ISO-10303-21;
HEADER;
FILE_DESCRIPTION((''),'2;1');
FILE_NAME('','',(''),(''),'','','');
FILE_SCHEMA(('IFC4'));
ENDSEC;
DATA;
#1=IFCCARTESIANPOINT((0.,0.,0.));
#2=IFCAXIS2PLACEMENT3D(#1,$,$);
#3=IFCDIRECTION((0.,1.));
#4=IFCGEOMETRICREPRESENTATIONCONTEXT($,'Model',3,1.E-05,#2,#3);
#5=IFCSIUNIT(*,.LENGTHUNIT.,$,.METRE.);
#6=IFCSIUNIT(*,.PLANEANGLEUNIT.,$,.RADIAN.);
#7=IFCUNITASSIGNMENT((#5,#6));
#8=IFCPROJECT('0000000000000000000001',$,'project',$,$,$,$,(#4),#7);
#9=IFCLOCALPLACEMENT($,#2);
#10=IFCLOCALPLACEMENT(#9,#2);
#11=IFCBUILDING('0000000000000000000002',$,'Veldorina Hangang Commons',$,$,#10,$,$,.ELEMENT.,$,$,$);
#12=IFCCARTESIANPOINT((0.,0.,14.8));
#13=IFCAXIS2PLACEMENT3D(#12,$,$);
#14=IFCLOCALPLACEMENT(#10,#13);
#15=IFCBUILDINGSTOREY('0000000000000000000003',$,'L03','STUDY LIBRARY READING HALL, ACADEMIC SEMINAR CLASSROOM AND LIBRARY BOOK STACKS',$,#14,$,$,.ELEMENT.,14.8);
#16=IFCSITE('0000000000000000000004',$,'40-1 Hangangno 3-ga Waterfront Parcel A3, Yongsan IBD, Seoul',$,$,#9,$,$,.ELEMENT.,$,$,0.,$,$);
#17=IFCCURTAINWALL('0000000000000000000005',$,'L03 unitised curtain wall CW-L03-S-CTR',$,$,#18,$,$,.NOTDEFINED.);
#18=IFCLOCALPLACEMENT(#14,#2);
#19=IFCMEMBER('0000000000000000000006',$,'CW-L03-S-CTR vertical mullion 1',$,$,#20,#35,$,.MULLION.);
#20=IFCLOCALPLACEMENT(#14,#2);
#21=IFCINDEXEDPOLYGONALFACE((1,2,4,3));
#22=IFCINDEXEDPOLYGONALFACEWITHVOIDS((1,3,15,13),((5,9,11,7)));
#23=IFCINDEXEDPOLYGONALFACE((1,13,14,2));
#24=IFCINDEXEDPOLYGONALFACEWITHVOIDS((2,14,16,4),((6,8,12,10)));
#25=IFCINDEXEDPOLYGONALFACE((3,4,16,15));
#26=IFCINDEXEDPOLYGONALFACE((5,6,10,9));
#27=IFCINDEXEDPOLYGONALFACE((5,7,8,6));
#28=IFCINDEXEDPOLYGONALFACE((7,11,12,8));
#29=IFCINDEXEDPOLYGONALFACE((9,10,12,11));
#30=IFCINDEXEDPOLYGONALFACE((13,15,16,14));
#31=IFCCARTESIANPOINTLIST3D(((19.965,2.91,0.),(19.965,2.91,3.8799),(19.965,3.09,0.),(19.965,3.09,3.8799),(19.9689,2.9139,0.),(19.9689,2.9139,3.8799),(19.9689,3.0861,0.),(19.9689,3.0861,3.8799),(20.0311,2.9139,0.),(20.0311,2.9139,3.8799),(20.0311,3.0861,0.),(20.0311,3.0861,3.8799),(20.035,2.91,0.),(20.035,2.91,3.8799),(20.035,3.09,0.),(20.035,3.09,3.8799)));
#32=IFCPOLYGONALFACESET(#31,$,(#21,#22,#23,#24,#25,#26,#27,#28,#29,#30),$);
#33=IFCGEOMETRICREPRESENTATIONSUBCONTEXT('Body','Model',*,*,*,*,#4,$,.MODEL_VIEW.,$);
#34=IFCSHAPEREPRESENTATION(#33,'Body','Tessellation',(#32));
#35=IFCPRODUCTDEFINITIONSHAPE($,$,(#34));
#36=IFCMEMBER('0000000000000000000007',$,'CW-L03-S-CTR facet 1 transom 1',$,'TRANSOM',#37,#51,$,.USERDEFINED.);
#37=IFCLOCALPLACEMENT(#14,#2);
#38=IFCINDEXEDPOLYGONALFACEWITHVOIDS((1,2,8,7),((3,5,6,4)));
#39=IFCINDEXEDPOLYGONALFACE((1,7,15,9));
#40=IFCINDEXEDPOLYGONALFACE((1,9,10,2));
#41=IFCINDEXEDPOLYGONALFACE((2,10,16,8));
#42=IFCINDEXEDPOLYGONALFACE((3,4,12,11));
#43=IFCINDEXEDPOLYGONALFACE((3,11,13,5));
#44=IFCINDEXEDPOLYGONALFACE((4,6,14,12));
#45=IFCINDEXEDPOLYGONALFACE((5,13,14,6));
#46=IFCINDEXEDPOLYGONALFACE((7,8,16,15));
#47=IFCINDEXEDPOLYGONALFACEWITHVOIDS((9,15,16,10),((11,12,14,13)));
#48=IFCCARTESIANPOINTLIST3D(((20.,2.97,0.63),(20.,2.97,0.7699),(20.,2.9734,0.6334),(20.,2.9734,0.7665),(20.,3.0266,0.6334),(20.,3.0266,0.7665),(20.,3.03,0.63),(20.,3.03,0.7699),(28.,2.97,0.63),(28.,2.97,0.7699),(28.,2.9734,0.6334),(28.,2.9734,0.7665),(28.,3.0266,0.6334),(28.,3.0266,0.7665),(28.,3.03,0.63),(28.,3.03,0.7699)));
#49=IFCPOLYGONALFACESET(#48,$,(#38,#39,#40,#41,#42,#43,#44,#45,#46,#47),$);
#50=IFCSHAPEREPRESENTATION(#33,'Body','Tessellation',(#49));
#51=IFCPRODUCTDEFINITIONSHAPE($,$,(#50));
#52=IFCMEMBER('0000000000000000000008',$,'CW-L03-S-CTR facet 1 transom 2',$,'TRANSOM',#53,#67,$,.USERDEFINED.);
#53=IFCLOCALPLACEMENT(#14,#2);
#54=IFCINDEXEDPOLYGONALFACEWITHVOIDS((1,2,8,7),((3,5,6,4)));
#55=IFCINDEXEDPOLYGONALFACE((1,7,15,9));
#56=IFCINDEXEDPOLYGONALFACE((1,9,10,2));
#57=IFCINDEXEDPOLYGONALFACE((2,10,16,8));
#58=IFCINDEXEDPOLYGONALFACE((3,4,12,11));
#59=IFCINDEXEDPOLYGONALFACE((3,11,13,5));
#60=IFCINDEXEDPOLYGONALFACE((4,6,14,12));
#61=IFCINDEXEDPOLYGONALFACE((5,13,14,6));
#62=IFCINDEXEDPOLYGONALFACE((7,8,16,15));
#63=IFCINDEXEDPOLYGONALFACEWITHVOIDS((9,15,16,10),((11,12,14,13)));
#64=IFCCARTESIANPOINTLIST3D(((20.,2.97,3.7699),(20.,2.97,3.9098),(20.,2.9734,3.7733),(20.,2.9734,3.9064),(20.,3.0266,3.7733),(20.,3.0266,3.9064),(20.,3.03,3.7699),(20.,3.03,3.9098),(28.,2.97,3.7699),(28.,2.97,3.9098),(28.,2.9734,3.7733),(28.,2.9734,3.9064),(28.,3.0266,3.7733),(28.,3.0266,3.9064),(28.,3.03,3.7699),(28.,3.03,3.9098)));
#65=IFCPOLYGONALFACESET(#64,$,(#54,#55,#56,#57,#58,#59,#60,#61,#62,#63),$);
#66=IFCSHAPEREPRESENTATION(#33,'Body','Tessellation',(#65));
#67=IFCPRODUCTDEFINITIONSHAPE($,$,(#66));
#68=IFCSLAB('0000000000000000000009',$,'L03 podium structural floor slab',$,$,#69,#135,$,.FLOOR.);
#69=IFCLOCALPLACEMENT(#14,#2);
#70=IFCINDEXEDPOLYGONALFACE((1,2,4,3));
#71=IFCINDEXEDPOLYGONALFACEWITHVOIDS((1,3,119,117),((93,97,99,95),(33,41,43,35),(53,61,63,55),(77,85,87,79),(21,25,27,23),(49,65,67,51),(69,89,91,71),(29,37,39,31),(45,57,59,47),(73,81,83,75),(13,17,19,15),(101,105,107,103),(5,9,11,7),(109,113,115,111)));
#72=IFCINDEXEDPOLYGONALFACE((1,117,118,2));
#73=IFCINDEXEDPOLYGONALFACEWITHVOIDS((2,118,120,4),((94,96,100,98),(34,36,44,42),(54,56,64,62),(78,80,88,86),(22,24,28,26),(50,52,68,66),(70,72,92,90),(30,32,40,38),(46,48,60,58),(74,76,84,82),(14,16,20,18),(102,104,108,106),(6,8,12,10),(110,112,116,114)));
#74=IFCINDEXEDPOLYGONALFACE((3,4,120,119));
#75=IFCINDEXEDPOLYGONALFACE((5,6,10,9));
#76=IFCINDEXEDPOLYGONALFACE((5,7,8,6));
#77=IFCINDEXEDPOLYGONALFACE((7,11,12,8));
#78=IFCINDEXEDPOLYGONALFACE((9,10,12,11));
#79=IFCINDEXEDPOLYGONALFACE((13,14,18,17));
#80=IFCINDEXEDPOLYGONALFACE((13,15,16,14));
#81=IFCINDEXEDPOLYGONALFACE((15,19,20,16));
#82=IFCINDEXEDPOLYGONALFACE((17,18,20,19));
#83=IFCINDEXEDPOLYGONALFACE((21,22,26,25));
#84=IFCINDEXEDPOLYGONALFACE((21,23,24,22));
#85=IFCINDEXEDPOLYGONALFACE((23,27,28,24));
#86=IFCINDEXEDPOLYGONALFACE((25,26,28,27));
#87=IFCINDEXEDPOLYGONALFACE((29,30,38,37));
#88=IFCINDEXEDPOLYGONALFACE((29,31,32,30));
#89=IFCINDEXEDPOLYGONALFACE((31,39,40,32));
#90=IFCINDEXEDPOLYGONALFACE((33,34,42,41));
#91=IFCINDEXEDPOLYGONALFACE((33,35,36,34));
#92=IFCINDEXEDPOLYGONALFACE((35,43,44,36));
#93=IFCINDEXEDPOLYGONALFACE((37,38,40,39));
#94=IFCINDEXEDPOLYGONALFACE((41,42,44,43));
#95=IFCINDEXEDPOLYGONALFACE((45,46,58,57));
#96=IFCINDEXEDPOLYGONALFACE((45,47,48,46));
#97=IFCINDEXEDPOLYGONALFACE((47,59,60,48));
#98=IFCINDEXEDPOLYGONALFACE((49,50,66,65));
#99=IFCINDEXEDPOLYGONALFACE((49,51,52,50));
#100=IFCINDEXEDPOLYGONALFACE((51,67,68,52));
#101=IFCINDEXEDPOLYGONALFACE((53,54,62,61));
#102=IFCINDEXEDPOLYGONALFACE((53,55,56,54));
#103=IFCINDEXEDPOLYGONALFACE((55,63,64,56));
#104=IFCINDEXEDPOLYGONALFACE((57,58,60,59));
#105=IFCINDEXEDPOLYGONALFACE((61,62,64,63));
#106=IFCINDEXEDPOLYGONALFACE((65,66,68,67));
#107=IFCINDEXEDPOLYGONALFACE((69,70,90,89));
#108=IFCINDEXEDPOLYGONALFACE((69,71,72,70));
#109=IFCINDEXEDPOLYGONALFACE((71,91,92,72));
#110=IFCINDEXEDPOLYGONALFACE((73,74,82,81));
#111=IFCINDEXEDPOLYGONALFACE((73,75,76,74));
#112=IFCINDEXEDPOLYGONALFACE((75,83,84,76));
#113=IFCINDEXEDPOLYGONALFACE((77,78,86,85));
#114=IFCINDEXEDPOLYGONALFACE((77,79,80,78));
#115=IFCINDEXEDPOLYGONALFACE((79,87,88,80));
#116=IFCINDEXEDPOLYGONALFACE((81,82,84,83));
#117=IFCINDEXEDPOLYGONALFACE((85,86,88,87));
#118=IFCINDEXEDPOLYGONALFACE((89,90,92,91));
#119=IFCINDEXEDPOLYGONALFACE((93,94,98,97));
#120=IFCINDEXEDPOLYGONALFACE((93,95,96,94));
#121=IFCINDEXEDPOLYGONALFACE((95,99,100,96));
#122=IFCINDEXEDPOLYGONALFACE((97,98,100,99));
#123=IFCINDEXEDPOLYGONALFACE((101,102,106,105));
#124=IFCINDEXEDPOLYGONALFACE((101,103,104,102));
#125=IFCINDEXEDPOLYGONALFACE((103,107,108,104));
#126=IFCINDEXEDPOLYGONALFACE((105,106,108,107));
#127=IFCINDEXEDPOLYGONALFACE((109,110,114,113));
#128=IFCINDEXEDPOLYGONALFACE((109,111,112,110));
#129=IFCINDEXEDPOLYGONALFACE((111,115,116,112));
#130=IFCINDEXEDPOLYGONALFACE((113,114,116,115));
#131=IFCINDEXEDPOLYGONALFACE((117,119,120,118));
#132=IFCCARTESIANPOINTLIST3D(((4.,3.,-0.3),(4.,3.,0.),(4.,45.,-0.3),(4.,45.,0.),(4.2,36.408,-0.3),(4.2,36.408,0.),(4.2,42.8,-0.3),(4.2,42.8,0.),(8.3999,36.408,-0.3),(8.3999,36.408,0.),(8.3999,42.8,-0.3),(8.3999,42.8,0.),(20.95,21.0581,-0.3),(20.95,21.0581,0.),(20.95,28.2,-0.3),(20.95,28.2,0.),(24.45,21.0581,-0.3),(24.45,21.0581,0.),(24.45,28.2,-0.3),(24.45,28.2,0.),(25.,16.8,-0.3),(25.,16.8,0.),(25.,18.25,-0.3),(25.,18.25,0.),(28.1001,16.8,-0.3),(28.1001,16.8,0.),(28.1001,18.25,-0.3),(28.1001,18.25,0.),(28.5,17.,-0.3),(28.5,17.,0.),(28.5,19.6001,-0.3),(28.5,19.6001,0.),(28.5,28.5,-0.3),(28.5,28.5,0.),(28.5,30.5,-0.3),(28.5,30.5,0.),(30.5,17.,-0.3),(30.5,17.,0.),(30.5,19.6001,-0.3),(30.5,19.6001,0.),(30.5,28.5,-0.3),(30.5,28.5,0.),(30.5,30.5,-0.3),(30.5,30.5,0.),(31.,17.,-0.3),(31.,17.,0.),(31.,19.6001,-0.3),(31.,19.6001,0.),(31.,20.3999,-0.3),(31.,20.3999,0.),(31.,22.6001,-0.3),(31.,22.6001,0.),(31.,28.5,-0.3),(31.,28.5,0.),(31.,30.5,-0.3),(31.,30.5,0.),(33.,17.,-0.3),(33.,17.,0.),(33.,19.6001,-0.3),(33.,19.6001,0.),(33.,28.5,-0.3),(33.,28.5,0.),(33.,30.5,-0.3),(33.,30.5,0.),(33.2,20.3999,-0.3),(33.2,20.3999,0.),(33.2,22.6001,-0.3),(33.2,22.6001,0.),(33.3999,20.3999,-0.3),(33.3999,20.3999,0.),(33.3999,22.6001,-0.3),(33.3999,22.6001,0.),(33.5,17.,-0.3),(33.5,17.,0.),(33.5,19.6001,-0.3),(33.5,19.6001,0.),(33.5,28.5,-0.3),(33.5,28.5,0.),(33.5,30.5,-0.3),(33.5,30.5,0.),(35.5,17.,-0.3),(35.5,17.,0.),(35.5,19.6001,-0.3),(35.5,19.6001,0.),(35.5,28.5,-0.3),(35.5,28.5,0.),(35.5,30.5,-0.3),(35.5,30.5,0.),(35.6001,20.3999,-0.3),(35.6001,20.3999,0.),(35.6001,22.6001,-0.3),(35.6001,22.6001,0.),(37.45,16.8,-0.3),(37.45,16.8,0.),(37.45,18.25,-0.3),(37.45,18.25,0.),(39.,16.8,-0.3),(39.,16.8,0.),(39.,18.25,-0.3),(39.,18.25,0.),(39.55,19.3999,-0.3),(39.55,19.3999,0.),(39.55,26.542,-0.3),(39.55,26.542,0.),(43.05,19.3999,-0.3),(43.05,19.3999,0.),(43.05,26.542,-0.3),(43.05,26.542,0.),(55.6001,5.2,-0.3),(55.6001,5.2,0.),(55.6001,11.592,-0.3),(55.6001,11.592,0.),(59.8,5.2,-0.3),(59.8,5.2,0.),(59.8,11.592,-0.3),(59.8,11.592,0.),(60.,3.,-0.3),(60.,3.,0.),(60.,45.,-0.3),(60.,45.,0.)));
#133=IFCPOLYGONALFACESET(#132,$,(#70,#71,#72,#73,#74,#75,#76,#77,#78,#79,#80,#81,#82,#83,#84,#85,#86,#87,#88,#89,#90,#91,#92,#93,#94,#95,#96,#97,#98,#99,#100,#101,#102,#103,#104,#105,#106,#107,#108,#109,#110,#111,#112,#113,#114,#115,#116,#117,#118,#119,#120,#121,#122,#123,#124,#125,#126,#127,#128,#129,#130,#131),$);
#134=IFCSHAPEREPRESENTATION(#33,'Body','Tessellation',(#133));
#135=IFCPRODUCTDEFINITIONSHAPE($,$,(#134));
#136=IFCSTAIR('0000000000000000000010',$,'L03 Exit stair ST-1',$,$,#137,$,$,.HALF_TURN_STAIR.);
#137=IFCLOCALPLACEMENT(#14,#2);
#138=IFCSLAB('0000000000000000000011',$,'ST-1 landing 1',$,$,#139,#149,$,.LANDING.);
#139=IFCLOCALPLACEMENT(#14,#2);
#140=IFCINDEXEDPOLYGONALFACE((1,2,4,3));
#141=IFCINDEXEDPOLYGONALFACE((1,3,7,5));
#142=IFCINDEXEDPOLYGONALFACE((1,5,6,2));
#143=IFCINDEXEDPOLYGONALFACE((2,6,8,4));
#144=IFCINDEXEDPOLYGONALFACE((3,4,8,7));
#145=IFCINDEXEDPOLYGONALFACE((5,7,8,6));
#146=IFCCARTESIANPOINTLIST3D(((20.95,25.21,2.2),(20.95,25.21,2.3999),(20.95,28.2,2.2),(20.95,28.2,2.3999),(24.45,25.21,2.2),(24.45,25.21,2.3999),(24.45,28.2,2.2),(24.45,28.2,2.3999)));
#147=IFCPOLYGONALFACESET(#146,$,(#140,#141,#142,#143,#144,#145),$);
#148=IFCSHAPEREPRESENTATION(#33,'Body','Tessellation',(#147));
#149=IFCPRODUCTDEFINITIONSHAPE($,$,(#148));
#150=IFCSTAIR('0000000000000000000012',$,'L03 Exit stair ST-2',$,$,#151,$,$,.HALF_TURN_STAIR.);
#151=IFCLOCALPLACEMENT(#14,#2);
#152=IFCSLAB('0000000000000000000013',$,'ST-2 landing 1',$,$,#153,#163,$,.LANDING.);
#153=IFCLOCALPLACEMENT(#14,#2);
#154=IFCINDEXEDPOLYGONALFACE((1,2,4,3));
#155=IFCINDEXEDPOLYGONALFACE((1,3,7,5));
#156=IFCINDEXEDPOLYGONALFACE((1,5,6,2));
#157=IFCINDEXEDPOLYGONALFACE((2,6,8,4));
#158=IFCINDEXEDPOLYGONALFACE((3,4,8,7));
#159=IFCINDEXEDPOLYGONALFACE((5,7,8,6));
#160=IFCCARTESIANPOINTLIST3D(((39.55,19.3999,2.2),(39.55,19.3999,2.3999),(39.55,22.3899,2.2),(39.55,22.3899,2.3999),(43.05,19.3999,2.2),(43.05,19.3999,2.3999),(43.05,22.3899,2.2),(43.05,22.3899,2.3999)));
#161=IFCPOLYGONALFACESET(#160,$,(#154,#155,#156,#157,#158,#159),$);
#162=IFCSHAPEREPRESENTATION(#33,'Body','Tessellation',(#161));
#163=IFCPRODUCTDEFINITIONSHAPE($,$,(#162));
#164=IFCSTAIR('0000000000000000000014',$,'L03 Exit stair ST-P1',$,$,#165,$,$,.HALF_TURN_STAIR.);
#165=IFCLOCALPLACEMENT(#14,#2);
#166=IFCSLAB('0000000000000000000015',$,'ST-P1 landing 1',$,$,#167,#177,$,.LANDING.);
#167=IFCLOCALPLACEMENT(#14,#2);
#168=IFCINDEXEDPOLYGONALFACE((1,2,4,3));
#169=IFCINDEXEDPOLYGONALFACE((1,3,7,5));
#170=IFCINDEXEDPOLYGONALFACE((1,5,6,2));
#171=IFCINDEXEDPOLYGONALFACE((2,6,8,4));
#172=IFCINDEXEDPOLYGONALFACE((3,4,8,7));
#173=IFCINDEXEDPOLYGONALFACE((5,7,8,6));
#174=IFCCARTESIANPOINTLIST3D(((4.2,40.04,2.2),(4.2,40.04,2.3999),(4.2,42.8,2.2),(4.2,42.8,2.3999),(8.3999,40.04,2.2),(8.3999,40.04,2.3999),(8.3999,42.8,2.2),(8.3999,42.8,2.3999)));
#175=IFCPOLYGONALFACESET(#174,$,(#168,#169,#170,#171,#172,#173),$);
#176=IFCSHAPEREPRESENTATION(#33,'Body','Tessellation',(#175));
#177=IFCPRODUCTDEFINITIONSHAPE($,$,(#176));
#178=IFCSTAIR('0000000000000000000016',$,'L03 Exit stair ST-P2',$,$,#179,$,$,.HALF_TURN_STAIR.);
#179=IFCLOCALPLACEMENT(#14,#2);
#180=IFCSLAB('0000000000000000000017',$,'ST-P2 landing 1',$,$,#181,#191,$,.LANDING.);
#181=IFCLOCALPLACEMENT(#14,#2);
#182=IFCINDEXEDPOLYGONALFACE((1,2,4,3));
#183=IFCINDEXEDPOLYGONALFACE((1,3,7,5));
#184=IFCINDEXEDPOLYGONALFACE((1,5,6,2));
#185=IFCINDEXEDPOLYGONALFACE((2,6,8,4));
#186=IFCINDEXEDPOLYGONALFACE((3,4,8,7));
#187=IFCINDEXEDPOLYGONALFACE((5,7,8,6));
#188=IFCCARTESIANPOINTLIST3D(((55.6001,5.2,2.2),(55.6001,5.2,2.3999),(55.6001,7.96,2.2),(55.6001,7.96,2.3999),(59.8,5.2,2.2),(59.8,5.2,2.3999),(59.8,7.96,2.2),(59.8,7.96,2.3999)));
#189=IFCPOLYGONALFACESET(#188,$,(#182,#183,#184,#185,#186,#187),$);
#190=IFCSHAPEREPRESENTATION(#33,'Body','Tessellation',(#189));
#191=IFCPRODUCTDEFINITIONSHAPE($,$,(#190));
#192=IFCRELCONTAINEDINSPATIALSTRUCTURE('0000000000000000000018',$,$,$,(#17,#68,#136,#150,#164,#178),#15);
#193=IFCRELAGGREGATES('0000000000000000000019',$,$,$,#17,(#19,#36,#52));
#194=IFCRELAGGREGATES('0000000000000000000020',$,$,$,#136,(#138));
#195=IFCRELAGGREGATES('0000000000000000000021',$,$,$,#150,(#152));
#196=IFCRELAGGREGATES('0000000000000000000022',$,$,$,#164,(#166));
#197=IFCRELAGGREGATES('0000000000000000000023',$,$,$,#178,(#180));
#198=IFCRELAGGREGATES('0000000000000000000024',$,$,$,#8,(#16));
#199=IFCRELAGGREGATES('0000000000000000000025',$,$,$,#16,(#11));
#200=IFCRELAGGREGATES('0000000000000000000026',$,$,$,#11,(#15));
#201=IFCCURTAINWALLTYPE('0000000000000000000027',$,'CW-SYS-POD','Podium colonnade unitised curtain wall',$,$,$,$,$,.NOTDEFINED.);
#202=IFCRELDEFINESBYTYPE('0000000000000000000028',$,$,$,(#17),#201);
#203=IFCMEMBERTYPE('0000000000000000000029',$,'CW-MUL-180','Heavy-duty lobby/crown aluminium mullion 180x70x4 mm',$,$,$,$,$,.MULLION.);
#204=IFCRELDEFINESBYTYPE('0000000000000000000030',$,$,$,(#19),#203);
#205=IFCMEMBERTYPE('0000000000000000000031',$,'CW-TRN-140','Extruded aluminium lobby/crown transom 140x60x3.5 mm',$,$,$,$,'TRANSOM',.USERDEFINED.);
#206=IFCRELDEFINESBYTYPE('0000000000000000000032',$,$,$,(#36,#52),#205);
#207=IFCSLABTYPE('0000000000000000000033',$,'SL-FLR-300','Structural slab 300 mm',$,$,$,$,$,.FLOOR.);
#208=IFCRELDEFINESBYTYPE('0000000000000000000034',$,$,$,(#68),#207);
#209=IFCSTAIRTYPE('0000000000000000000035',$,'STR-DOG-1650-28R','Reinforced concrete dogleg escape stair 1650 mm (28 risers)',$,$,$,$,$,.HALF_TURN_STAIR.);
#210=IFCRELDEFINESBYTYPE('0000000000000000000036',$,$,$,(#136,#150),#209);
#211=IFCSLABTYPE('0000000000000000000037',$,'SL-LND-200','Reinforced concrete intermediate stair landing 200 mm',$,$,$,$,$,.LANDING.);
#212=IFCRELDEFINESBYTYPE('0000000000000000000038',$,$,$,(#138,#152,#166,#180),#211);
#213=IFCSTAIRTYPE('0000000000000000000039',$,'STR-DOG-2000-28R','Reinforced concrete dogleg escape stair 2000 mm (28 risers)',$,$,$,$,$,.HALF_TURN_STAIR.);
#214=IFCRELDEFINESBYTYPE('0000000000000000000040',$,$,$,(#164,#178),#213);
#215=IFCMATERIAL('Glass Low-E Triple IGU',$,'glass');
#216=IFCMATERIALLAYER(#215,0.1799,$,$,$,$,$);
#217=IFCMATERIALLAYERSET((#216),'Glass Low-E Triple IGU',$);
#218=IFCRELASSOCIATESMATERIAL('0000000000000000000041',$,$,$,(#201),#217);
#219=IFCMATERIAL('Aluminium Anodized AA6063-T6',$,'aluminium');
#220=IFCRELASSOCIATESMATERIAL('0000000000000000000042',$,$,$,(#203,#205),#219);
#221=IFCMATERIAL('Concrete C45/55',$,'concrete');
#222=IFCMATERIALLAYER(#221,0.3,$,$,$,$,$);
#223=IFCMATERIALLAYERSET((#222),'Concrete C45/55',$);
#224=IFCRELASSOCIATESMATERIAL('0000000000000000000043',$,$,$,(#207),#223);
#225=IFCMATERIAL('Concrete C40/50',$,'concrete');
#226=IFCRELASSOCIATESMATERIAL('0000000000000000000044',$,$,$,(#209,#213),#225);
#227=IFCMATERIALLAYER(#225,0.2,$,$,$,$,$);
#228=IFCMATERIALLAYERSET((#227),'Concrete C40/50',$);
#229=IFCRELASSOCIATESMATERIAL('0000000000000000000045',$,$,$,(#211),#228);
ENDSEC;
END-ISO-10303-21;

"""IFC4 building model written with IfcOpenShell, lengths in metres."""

from ifc_helpers import new_model, si_unit, direction, frame, origin, origin_2d, place, context, subcontext, project, spatial, polyline, hollow_rectangle, outline, extrude, material, layer, layer_set, material_profile, profile_set, type_object, element, aggregate, save


model = new_model("IFC4")

# Units and contexts
model_context = context("Model", 3, precision=1e-05, world=origin(), true_north=direction((0.0, 1.0)))
body_context = subcontext(model_context, "Body", "Model", "MODEL_VIEW")
ifc_project = project(units=[si_unit("LENGTHUNIT", "METRE"), si_unit("PLANEANGLEUNIT", "RADIAN")], contexts=[model_context])

# Site, building, storey
site_placement = place(None, origin())
site = spatial("IfcSite", under=ifc_project, at=site_placement, Name="40-1 Hangangno 3-ga Waterfront Parcel A3, Yongsan IBD, Seoul", CompositionType="ELEMENT", RefElevation=0.0)
building_placement = place(site_placement, origin())
building = spatial("IfcBuilding", under=site, at=building_placement, Name="Veldorina Hangang Commons", CompositionType="ELEMENT")
storey_placement = place(building_placement, frame((0.0, 0.0, 14.8)))
storey = spatial("IfcBuildingStorey", under=building, at=storey_placement, Name="L03", Description="STUDY LIBRARY READING HALL, ACADEMIC SEMINAR CLASSROOM AND LIBRARY BOOK STACKS", CompositionType="ELEMENT", Elevation=14.8)

# Curtain wall, members
ifc_material_1 = material(Name="Glass Low-E Triple IGU", Category="glass")
ifc_layer_1 = layer(ifc_material_1, 0.1799)
ifc_layer_set_1 = layer_set([ifc_layer_1], Name="Glass Low-E Triple IGU")
curtain_wall_type = type_object("IfcCurtainWallType", Name="CW-SYS-POD", Description="Podium colonnade unitised curtain wall", PredefinedType="NOTDEFINED", material=ifc_layer_set_1)
curtain_wall_placement = place(storey_placement, origin())
curtain_wall = element("IfcCurtainWall", 1, at=curtain_wall_placement, inside=storey, type_object=curtain_wall_type, Name="L03 unitised curtain wall CW-L03-S-CTR", PredefinedType="NOTDEFINED")
ifc_material_2 = material(Name="Aluminium Anodized AA6063-T6", Category="aluminium")
ifc_material_profile_1 = material_profile(ifc_material_2, hollow_rectangle(XDim=0.0701, YDim=0.1799, WallThickness=0.0039, at=origin_2d()), Name="ALU-RHS-180x70x4")
ifc_profile_set_1 = profile_set([ifc_material_profile_1], Name="Aluminium Anodized AA6063-T6")
member_type_1 = type_object("IfcMemberType", Name="CW-MUL-180", Description="Heavy-duty lobby/crown aluminium mullion 180x70x4 mm", PredefinedType="MULLION", material=ifc_profile_set_1)
member_1_placement = place(storey_placement, frame((20.0, 3.0, 0.0), z_axis=(0.0, 0.0, 1.0), x_axis=(1.0, 0.0, 0.0)))
member_1 = element("IfcMember", 2, at=member_1_placement, type_object=member_type_1, Name="CW-L03-S-CTR vertical mullion 1", PredefinedType="MULLION", context=body_context, shape_type="SweptSolid", body=[
    extrude(hollow_rectangle(XDim=0.0701, YDim=0.1799, WallThickness=0.0039, at=origin_2d()), origin(), (0.0, 0.0, 1.0), 3.8799),
])
ifc_material_profile_2 = material_profile(ifc_material_2, hollow_rectangle(XDim=0.0601, YDim=0.1399, WallThickness=0.0034, at=origin_2d()), Name="ALU-RHS-140x60x3.5")
ifc_profile_set_2 = profile_set([ifc_material_profile_2], Name="Aluminium Anodized AA6063-T6")
member_type_2 = type_object("IfcMemberType", Name="CW-TRN-140", Description="Extruded aluminium lobby/crown transom 140x60x3.5 mm", ElementType="TRANSOM", PredefinedType="USERDEFINED", material=ifc_profile_set_2)
member_2_placement = place(storey_placement, frame((20.0, 3.0, 0.7), z_axis=(1.0, 0.0, 0.0), x_axis=(0.0, 1.0, 0.0)))
member_2 = element("IfcMember", 3, at=member_2_placement, type_object=member_type_2, Name="CW-L03-S-CTR facet 1 transom 1", ObjectType="TRANSOM", PredefinedType="USERDEFINED", context=body_context, shape_type="SweptSolid", body=[
    extrude(hollow_rectangle(XDim=0.0601, YDim=0.1399, WallThickness=0.0034, at=origin_2d()), origin(), (0.0, 0.0, 1.0), 8.0),
])
member_3_placement = place(storey_placement, frame((20.0, 3.0, 3.8398), z_axis=(1.0, 0.0, 0.0), x_axis=(0.0, 1.0, 0.0)))
member_3 = element("IfcMember", 4, at=member_3_placement, type_object=member_type_2, Name="CW-L03-S-CTR facet 1 transom 2", ObjectType="TRANSOM", PredefinedType="USERDEFINED", context=body_context, shape_type="SweptSolid", body=[
    extrude(hollow_rectangle(XDim=0.0601, YDim=0.1399, WallThickness=0.0034, at=origin_2d()), origin(), (0.0, 0.0, 1.0), 8.0),
])
aggregate(curtain_wall, [member_1, member_2, member_3])

# Slab
ifc_material_3 = material(Name="Concrete C45/55", Category="concrete")
ifc_layer_2 = layer(ifc_material_3, 0.3)
ifc_layer_set_2 = layer_set([ifc_layer_2], Name="Concrete C45/55")
slab_type_1 = type_object("IfcSlabType", Name="SL-FLR-300", Description="Structural slab 300 mm", PredefinedType="FLOOR", material=ifc_layer_set_2)
slab_1_placement = place(storey_placement, frame((0.0, 0.0, -0.3)))
element("IfcSlab", 5, at=slab_1_placement, inside=storey, type_object=slab_type_1, Name="L03 podium structural floor slab", PredefinedType="FLOOR", context=body_context, shape_type="SweptSolid", body=[
    extrude(outline(polyline([(4.0, 3.0), (60.0, 3.0), (60.0, 45.0), (4.0, 45.0), (4.0, 3.0)]), holes=[polyline([(20.95, 21.0581), (20.95, 28.2), (24.45, 28.2), (24.45, 21.0581), (20.95, 21.0581)]), polyline([(43.05, 26.542), (43.05, 19.3999), (39.55, 19.3999), (39.55, 26.542), (43.05, 26.542)]), polyline([(4.2, 36.408), (4.2, 42.8), (8.3999, 42.8), (8.3999, 36.408), (4.2, 36.408)]), polyline([(59.8, 11.592), (59.8, 5.2), (55.6001, 5.2), (55.6001, 11.592), (59.8, 11.592)]), polyline([(28.5, 30.5), (30.5, 30.5), (30.5, 28.5), (28.5, 28.5), (28.5, 30.5)]), polyline([(31.0, 30.5), (33.0, 30.5), (33.0, 28.5), (31.0, 28.5), (31.0, 30.5)]), polyline([(33.5, 30.5), (35.5, 30.5), (35.5, 28.5), (33.5, 28.5), (33.5, 30.5)]), polyline([(31.0, 22.6001), (33.2, 22.6001), (33.2, 20.3999), (31.0, 20.3999), (31.0, 22.6001)]), polyline([(33.3999, 22.6001), (35.6001, 22.6001), (35.6001, 20.3999), (33.3999, 20.3999), (33.3999, 22.6001)]), polyline([(28.5, 19.6001), (30.5, 19.6001), (30.5, 17.0), (28.5, 17.0), (28.5, 19.6001)]), polyline([(31.0, 19.6001), (33.0, 19.6001), (33.0, 17.0), (31.0, 17.0), (31.0, 19.6001)]), polyline([(33.5, 19.6001), (35.5, 19.6001), (35.5, 17.0), (33.5, 17.0), (33.5, 19.6001)]), polyline([(25.0, 18.25), (28.1001, 18.25), (28.1001, 16.8), (25.0, 16.8), (25.0, 18.25)]), polyline([(37.45, 18.25), (39.0, 18.25), (39.0, 16.8), (37.45, 16.8), (37.45, 18.25)])]), origin(), (0.0, 0.0, 1.0), 0.3),
])

# Stairs, slabs
ifc_material_4 = material(Name="Concrete C40/50", Category="concrete")
stair_type_1 = type_object("IfcStairType", Name="STR-DOG-1650-28R", Description="Reinforced concrete dogleg escape stair 1650 mm (28 risers)", PredefinedType="HALF_TURN_STAIR", material=ifc_material_4)
stair_1_placement = place(storey_placement, origin())
stair_1 = element("IfcStair", 6, at=stair_1_placement, inside=storey, type_object=stair_type_1, Name="L03 Exit stair ST-1", PredefinedType="HALF_TURN_STAIR")
ifc_layer_3 = layer(ifc_material_4, 0.2)
ifc_layer_set_3 = layer_set([ifc_layer_3], Name="Concrete C40/50")
slab_type_2 = type_object("IfcSlabType", Name="SL-LND-200", Description="Reinforced concrete intermediate stair landing 200 mm", PredefinedType="LANDING", material=ifc_layer_set_3)
slab_2_placement = place(storey_placement, frame((0.0, 0.0, 2.2)))
slab_2 = element("IfcSlab", 7, at=slab_2_placement, type_object=slab_type_2, Name="ST-1 landing 1", PredefinedType="LANDING", context=body_context, shape_type="SweptSolid", body=[
    extrude(outline(polyline([(24.45, 25.21), (24.45, 28.2), (20.95, 28.2), (20.95, 25.21), (24.45, 25.21)])), origin(), (0.0, 0.0, 1.0), 0.2),
])
aggregate(stair_1, [slab_2])
stair_2_placement = place(storey_placement, origin())
stair_2 = element("IfcStair", 8, at=stair_2_placement, inside=storey, type_object=stair_type_1, Name="L03 Exit stair ST-2", PredefinedType="HALF_TURN_STAIR")
slab_3_placement = place(storey_placement, frame((0.0, 0.0, 2.2)))
slab_3 = element("IfcSlab", 9, at=slab_3_placement, type_object=slab_type_2, Name="ST-2 landing 1", PredefinedType="LANDING", context=body_context, shape_type="SweptSolid", body=[
    extrude(outline(polyline([(39.55, 22.3899), (39.55, 19.3999), (43.05, 19.3999), (43.05, 22.3899), (39.55, 22.3899)])), origin(), (0.0, 0.0, 1.0), 0.2),
])
aggregate(stair_2, [slab_3])
stair_type_2 = type_object("IfcStairType", Name="STR-DOG-2000-28R", Description="Reinforced concrete dogleg escape stair 2000 mm (28 risers)", PredefinedType="HALF_TURN_STAIR", material=ifc_material_4)
stair_3_placement = place(storey_placement, origin())
stair_3 = element("IfcStair", 10, at=stair_3_placement, inside=storey, type_object=stair_type_2, Name="L03 Exit stair ST-P1", PredefinedType="HALF_TURN_STAIR")
slab_4_placement = place(storey_placement, frame((0.0, 0.0, 2.2)))
slab_4 = element("IfcSlab", 11, at=slab_4_placement, type_object=slab_type_2, Name="ST-P1 landing 1", PredefinedType="LANDING", context=body_context, shape_type="SweptSolid", body=[
    extrude(outline(polyline([(8.3999, 40.04), (8.3999, 42.8), (4.2, 42.8), (4.2, 40.04), (8.3999, 40.04)])), origin(), (0.0, 0.0, 1.0), 0.2),
])
aggregate(stair_3, [slab_4])
stair_4_placement = place(storey_placement, origin())
stair_4 = element("IfcStair", 12, at=stair_4_placement, inside=storey, type_object=stair_type_2, Name="L03 Exit stair ST-P2", PredefinedType="HALF_TURN_STAIR")
slab_5_placement = place(storey_placement, frame((0.0, 0.0, 2.2)))
slab_5 = element("IfcSlab", 13, at=slab_5_placement, type_object=slab_type_2, Name="ST-P2 landing 1", PredefinedType="LANDING", context=body_context, shape_type="SweptSolid", body=[
    extrude(outline(polyline([(55.6001, 7.96), (55.6001, 5.2), (59.8, 5.2), (59.8, 7.96), (55.6001, 7.96)])), origin(), (0.0, 0.0, 1.0), 0.2),
])
aggregate(stair_4, [slab_5])

save(model, "model.ifc")
